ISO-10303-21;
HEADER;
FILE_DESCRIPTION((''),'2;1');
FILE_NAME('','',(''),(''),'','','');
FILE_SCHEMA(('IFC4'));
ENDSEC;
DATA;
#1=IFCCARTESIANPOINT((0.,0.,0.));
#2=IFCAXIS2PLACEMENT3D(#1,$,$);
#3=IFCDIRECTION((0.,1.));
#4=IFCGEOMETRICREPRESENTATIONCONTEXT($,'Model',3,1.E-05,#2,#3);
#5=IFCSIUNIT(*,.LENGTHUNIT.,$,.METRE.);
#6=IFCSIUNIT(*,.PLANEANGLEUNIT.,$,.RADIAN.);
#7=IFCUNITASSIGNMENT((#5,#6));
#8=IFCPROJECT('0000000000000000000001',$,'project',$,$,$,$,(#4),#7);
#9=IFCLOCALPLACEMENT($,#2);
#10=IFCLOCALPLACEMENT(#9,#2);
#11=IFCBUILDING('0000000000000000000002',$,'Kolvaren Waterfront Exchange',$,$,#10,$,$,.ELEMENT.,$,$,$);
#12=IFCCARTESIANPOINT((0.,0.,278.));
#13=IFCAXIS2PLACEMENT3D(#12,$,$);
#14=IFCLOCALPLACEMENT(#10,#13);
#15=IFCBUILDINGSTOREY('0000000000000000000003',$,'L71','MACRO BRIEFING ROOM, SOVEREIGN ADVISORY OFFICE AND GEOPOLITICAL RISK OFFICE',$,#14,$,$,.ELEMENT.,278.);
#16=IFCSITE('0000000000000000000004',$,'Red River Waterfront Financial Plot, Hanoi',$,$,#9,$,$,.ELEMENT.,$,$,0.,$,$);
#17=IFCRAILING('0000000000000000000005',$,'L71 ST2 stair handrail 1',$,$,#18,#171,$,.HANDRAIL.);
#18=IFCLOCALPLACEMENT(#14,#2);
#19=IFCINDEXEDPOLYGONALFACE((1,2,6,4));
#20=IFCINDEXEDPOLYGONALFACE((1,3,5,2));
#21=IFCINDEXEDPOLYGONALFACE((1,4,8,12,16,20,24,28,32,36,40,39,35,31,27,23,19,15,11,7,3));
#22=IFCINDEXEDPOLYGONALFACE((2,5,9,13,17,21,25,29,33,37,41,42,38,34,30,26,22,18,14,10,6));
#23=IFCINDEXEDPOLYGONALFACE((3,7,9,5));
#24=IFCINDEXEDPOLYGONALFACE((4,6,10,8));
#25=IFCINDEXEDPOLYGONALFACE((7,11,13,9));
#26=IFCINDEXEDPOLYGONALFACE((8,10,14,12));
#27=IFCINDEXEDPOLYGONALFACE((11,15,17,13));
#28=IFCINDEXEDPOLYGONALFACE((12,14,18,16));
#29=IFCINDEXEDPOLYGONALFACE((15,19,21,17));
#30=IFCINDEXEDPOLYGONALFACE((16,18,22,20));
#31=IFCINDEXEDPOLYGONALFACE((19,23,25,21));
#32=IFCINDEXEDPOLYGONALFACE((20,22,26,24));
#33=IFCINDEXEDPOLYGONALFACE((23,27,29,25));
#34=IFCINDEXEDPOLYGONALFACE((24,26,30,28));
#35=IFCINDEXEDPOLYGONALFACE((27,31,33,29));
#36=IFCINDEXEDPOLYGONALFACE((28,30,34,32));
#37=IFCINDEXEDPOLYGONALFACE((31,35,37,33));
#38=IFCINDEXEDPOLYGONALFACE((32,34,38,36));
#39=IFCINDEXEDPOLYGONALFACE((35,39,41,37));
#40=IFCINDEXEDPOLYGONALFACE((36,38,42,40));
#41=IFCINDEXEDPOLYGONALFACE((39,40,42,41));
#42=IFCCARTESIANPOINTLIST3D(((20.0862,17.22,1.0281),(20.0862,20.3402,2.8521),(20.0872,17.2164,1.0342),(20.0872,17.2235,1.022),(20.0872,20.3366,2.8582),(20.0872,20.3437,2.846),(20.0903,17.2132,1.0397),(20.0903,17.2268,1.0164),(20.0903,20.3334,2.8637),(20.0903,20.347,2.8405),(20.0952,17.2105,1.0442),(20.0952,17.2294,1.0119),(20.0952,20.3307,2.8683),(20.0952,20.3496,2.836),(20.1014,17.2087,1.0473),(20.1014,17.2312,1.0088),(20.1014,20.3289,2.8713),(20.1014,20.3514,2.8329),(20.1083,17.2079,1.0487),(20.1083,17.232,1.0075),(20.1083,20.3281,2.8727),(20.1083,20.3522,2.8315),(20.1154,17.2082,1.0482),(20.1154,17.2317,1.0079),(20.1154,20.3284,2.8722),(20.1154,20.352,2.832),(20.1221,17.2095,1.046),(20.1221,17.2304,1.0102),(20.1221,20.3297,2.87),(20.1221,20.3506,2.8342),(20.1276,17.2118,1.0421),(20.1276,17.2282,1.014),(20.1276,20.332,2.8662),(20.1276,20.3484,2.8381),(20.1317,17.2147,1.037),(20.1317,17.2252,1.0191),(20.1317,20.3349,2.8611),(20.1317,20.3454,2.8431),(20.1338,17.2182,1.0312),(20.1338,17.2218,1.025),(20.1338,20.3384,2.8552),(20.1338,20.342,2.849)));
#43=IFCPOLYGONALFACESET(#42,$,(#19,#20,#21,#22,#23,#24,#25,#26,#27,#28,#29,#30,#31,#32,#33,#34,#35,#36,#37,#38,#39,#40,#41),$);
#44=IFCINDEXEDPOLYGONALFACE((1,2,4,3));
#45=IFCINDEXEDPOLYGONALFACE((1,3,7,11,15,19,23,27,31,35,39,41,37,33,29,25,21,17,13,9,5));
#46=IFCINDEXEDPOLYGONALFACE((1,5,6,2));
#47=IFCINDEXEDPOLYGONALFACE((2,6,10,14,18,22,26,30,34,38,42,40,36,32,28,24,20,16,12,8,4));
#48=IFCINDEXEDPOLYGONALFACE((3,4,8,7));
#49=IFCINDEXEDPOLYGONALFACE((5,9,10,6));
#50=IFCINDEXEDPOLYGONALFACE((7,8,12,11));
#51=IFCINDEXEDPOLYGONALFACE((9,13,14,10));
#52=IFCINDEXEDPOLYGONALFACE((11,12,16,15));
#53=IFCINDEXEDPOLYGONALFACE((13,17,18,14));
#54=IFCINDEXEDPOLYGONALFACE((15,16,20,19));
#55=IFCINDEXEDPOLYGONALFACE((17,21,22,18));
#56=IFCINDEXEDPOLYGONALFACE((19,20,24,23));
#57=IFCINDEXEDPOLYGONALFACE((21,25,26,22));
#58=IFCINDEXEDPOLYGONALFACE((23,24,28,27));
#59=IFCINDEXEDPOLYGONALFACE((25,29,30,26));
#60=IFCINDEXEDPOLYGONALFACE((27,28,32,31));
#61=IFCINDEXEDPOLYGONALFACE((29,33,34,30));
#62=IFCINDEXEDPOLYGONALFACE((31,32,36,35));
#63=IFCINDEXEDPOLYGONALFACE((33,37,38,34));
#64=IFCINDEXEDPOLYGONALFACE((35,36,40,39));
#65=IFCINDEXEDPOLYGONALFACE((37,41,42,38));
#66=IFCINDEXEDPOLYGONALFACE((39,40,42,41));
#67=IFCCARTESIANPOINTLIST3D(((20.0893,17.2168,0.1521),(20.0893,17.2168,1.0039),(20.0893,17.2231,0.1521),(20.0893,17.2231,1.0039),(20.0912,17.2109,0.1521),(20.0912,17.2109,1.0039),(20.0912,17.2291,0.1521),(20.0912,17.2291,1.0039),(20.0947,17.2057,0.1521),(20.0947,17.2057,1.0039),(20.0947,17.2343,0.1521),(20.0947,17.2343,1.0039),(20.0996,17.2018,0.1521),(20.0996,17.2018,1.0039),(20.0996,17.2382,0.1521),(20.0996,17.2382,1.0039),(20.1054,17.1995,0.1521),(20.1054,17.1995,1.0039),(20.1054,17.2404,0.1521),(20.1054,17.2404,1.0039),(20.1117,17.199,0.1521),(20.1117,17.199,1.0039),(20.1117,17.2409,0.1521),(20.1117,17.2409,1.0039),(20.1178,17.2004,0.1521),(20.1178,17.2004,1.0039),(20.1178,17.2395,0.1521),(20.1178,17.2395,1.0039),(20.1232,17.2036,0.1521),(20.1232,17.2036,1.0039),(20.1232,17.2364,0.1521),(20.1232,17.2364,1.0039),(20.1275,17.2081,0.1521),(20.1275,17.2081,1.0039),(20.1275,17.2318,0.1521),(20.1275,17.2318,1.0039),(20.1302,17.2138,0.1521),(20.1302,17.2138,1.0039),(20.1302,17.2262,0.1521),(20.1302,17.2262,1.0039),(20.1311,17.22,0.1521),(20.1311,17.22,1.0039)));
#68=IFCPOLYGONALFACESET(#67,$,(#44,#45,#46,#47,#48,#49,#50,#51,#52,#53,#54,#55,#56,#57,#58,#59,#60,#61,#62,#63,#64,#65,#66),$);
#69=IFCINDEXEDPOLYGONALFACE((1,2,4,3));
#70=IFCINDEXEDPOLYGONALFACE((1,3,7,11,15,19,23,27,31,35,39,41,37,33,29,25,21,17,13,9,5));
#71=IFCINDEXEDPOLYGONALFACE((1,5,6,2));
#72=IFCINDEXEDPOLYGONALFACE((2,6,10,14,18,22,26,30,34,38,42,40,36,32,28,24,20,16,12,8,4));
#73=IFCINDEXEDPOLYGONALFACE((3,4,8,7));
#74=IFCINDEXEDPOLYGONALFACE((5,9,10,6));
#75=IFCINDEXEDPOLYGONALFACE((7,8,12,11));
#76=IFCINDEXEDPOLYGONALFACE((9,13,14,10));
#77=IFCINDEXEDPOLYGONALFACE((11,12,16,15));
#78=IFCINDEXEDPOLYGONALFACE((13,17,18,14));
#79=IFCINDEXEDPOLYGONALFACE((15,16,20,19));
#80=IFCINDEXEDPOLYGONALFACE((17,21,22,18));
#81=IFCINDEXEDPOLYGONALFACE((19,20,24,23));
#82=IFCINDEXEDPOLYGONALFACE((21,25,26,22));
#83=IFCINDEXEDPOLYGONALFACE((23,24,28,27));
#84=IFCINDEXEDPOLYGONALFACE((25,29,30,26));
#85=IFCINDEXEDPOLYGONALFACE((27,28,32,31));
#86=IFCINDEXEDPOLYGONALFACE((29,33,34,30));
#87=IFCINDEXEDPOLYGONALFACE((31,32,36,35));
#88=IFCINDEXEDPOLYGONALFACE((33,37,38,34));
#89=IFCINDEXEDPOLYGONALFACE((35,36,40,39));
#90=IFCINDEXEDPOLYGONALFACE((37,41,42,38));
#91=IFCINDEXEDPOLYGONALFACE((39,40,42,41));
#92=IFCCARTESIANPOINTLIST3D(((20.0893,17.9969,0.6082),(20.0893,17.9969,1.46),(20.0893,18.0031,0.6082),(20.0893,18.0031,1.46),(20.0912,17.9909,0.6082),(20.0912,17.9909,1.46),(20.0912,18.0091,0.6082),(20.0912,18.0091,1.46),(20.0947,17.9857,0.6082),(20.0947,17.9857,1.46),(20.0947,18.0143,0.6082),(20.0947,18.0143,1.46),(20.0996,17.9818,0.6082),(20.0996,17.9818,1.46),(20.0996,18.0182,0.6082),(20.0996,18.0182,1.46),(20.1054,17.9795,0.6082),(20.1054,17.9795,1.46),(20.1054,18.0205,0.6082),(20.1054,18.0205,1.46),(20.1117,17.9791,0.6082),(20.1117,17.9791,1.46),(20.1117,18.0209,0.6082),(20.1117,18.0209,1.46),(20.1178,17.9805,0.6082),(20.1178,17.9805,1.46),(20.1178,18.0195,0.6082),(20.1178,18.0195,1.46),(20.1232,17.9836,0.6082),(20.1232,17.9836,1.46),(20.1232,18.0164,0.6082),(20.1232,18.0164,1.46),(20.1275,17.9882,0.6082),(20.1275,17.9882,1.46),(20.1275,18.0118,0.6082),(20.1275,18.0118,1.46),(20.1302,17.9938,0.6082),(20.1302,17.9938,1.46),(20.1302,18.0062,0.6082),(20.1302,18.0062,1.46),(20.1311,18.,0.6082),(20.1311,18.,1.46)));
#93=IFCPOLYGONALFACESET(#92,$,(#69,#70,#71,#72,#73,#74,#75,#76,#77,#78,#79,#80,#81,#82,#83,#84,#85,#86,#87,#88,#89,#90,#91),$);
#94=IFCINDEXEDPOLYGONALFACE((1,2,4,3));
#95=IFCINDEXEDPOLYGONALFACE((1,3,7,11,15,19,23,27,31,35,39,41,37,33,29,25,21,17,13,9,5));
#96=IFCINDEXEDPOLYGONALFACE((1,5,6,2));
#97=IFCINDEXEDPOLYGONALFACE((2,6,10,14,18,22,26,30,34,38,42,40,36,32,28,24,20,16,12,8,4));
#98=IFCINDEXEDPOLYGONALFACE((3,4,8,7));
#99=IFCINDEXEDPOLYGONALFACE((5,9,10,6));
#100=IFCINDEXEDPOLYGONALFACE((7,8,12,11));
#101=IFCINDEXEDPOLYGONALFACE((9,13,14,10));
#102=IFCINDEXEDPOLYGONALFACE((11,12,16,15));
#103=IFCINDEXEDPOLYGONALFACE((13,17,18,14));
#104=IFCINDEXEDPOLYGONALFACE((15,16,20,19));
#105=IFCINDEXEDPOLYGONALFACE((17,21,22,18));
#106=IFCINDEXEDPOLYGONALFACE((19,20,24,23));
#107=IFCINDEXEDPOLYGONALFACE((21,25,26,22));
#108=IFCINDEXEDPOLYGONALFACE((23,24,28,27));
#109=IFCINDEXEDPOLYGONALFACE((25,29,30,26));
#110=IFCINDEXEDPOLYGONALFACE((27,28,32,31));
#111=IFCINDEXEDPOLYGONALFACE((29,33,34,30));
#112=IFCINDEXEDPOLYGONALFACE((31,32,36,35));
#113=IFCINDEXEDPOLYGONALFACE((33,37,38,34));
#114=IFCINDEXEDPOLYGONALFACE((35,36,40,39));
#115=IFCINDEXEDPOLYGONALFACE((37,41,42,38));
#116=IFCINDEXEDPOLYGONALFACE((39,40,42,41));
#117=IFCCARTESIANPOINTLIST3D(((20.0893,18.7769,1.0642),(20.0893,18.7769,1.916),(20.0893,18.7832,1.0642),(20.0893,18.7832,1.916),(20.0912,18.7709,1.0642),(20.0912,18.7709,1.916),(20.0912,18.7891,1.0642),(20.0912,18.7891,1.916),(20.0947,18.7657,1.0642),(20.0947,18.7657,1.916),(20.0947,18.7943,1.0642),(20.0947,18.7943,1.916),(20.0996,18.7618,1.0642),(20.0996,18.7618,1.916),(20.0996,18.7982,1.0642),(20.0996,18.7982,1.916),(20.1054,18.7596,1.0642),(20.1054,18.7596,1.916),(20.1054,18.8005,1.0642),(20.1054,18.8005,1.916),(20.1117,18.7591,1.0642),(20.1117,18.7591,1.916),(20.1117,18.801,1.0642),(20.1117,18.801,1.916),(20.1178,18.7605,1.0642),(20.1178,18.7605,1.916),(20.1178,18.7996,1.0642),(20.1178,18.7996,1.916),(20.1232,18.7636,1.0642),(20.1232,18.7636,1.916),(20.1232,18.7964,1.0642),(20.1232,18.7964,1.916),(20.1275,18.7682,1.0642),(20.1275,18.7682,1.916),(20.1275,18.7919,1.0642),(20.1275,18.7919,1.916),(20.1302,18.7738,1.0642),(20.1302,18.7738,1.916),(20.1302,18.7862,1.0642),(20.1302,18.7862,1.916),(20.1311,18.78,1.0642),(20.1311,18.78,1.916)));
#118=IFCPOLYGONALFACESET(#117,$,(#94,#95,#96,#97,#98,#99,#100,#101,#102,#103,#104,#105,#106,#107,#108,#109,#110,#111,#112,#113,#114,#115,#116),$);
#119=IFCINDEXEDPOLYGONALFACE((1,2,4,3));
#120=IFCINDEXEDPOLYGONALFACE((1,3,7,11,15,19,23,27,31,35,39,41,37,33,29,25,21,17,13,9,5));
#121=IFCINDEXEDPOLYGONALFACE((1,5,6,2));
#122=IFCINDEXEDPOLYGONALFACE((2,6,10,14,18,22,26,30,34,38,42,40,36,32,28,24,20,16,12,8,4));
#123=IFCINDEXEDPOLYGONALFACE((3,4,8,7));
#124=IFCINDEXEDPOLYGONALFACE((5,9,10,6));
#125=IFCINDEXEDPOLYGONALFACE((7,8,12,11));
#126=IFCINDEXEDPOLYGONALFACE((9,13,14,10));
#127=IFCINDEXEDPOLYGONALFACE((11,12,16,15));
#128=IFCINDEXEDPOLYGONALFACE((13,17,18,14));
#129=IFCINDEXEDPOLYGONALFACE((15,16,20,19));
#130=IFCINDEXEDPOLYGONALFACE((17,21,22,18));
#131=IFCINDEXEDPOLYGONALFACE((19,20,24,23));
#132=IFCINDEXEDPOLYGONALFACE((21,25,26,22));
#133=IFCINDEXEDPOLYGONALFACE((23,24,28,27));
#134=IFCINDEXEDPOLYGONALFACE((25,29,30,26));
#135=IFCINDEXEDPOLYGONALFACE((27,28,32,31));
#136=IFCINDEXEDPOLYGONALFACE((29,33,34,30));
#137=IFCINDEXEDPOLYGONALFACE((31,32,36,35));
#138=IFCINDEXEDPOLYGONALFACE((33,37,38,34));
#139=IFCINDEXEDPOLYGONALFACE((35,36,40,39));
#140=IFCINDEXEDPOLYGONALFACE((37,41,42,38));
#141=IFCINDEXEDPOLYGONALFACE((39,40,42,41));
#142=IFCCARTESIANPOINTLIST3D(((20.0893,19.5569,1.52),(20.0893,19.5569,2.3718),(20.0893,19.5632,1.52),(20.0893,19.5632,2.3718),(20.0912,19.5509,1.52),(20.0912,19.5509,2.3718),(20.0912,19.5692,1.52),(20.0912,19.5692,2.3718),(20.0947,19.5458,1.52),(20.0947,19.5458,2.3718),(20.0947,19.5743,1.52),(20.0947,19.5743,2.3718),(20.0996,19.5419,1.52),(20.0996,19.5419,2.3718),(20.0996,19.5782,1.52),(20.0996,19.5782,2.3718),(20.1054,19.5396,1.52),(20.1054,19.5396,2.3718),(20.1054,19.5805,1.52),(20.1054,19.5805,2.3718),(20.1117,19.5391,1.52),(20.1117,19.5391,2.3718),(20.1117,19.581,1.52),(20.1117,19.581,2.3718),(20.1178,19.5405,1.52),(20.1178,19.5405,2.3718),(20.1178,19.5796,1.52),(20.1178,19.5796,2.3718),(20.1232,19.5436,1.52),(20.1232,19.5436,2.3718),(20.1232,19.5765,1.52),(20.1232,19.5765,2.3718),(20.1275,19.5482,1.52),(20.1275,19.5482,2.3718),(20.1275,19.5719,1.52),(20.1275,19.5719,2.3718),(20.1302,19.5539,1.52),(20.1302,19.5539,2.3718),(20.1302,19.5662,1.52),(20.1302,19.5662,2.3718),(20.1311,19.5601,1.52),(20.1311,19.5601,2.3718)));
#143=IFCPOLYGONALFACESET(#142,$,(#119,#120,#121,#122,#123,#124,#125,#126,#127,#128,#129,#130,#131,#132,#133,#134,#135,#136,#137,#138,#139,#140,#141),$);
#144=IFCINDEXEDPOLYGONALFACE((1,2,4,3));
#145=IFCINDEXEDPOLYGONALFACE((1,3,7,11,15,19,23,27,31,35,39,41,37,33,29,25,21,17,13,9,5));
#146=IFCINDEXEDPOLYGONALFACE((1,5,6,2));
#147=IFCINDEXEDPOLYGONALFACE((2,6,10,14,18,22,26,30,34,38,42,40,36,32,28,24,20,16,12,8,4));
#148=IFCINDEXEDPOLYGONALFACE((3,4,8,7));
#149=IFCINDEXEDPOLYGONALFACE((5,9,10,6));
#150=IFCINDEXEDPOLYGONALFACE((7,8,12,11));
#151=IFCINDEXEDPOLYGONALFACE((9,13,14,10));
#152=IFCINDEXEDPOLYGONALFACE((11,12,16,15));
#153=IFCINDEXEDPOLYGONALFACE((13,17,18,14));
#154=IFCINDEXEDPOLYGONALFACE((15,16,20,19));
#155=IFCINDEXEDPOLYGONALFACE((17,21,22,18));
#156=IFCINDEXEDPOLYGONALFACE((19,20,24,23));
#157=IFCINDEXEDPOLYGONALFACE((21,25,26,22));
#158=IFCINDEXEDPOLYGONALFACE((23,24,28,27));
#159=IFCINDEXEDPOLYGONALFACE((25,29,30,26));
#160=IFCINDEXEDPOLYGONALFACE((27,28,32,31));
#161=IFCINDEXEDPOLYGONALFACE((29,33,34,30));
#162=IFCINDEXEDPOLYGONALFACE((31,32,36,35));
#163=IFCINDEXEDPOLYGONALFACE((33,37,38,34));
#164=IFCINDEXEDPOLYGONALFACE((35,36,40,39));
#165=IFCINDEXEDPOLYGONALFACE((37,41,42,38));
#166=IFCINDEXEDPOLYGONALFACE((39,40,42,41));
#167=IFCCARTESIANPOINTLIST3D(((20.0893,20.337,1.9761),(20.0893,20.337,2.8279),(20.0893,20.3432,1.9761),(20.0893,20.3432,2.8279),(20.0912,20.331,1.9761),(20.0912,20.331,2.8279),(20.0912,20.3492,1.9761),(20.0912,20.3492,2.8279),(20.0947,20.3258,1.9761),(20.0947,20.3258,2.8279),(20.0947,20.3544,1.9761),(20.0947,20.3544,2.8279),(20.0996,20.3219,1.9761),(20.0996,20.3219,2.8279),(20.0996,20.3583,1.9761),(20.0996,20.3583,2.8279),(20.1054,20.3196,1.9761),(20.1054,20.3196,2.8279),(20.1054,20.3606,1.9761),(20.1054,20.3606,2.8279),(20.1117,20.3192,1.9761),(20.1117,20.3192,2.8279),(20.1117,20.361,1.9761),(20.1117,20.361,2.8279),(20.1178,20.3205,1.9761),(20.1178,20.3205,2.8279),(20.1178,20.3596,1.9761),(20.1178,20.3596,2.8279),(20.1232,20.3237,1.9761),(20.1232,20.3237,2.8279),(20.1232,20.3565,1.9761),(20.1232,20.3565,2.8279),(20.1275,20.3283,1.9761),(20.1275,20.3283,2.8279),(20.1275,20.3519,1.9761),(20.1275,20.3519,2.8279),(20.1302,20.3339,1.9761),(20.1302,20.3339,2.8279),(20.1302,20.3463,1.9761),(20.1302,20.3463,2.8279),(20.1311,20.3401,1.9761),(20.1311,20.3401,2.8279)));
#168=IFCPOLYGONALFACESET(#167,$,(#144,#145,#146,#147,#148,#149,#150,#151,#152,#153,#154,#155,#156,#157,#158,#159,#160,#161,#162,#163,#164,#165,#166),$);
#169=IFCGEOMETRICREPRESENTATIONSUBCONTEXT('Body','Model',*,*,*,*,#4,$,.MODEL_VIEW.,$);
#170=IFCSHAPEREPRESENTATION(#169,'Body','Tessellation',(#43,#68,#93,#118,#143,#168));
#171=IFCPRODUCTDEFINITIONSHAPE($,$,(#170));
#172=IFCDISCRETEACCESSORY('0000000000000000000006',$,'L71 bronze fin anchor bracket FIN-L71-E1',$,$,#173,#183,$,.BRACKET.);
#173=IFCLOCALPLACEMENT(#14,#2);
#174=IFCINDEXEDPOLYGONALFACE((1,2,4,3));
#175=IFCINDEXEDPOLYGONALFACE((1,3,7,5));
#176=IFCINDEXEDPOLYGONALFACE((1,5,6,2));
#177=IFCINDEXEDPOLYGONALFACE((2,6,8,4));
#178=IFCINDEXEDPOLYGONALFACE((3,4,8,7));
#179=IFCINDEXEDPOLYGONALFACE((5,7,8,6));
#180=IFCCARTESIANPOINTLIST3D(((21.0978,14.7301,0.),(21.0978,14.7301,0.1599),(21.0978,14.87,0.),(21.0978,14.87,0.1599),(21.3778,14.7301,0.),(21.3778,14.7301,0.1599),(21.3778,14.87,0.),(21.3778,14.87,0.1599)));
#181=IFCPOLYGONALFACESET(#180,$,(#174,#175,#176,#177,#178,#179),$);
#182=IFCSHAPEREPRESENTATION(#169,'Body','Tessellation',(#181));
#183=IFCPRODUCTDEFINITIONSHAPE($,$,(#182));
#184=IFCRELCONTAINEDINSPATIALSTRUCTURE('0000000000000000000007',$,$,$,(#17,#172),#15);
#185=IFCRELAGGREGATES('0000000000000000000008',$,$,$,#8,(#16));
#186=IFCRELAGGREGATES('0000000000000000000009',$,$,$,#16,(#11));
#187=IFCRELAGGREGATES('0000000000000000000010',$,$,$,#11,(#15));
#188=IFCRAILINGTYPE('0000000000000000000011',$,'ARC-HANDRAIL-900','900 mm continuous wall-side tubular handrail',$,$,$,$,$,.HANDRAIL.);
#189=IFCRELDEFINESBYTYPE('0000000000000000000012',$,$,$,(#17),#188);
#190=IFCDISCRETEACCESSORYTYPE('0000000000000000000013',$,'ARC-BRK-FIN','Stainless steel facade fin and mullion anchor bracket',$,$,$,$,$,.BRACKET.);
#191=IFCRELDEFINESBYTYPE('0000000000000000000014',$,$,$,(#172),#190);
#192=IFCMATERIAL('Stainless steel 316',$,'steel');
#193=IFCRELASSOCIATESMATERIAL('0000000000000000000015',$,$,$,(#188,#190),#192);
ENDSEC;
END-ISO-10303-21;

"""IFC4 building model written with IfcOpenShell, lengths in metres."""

from ifc_helpers import new_model, si_unit, direction, frame, origin, origin_with_axes, origin_2d, place, context, subcontext, project, spatial, rectangle, circle, extrude, source, transform, mapped, material, type_object, element, save


model = new_model("IFC4")

# Units and contexts
model_context = context("Model", 3, precision=1e-05, world=origin(), true_north=direction((0.0, 1.0)))
body_context = subcontext(model_context, "Body", "Model", "MODEL_VIEW")
ifc_project = project(units=[si_unit("LENGTHUNIT", "METRE"), si_unit("PLANEANGLEUNIT", "RADIAN")], contexts=[model_context])

# Site, building, storey
site_placement = place(None, origin())
site = spatial("IfcSite", under=ifc_project, at=site_placement, Name="Red River Waterfront Financial Plot, Hanoi", CompositionType="ELEMENT", RefElevation=0.0)
building_placement = place(site_placement, origin())
building = spatial("IfcBuilding", under=site, at=building_placement, Name="Kolvaren Waterfront Exchange", CompositionType="ELEMENT")
storey_placement = place(building_placement, frame((0.0, 0.0, 278.0)))
storey = spatial("IfcBuildingStorey", under=building, at=storey_placement, Name="L71", Description="MACRO BRIEFING ROOM, SOVEREIGN ADVISORY OFFICE AND GEOPOLITICAL RISK OFFICE", CompositionType="ELEMENT", Elevation=278.0)

# Railing
ifc_material_1 = material(Name="Stainless steel 316", Category="steel")
railing_type_1 = type_object("IfcRailingType", Name="ARC-HANDRAIL-900", Description="900 mm continuous wall-side tubular handrail", PredefinedType="HANDRAIL", material=ifc_material_1)
railing_1_placement = place(storey_placement, frame((20.1101, 17.22, 0.1521)))
element("IfcRailing", 1, at=railing_1_placement, inside=storey, type_object=railing_type_1, Name="L71 ST2 stair handrail 1", PredefinedType="HANDRAIL", context=body_context, shape_type="SweptSolid", body=[
    extrude(circle(Radius=0.0239, at=origin_2d()), frame((0.0, 0.0, 0.876), z_axis=(0.0, 0.863308, 0.504677), x_axis=(-1.0, 0.0, 0.0)), (0.0, 0.0, 1.0), 3.6143),
    extrude(circle(Radius=0.021, at=origin_2d()), origin(), (0.0, 0.0, 1.0), 0.8518),
    extrude(circle(Radius=0.021, at=origin_2d()), frame((0.0, 0.78, 0.4561)), (0.0, 0.0, 1.0), 0.8518),
    extrude(circle(Radius=0.021, at=origin_2d()), frame((0.0, 1.5601, 0.9121)), (0.0, 0.0, 1.0), 0.8518),
    extrude(circle(Radius=0.021, at=origin_2d()), frame((0.0, 2.3401, 1.3679)), (0.0, 0.0, 1.0), 0.8518),
    extrude(circle(Radius=0.021, at=origin_2d()), frame((0.0, 3.1201, 1.824)), (0.0, 0.0, 1.0), 0.8518),
])

# Discrete accessory
discrete_accessory_type = type_object("IfcDiscreteAccessoryType", Name="ARC-BRK-FIN", Description="Stainless steel facade fin and mullion anchor bracket", PredefinedType="BRACKET", material=ifc_material_1)
shared_shape = source(origin_with_axes(), body_context, "Body", "SweptSolid", [
    extrude(rectangle(XDim=0.28, YDim=0.1399, at=origin_2d()), origin(), (0.0, 0.0, 1.0), 0.1599),
])
discrete_accessory_placement = place(storey_placement, frame((21.2378, 14.8, 0.0), z_axis=(0.0, 0.0, 1.0), x_axis=(1.0, 0.0, 0.0)))
element("IfcDiscreteAccessory", 2, at=discrete_accessory_placement, inside=storey, type_object=discrete_accessory_type, Name="L71 bronze fin anchor bracket FIN-L71-E1", PredefinedType="BRACKET", context=body_context, shape_type="MappedRepresentation", body=[
    mapped(shared_shape, transform((0.0, 0.0, 0.0), x_axis=(1.0, 0.0, 0.0), y_axis=(0.0, 1.0, 0.0), z_axis=(0.0, 0.0, 1.0), scale=1.0)),
])

save(model, "model.ifc")
